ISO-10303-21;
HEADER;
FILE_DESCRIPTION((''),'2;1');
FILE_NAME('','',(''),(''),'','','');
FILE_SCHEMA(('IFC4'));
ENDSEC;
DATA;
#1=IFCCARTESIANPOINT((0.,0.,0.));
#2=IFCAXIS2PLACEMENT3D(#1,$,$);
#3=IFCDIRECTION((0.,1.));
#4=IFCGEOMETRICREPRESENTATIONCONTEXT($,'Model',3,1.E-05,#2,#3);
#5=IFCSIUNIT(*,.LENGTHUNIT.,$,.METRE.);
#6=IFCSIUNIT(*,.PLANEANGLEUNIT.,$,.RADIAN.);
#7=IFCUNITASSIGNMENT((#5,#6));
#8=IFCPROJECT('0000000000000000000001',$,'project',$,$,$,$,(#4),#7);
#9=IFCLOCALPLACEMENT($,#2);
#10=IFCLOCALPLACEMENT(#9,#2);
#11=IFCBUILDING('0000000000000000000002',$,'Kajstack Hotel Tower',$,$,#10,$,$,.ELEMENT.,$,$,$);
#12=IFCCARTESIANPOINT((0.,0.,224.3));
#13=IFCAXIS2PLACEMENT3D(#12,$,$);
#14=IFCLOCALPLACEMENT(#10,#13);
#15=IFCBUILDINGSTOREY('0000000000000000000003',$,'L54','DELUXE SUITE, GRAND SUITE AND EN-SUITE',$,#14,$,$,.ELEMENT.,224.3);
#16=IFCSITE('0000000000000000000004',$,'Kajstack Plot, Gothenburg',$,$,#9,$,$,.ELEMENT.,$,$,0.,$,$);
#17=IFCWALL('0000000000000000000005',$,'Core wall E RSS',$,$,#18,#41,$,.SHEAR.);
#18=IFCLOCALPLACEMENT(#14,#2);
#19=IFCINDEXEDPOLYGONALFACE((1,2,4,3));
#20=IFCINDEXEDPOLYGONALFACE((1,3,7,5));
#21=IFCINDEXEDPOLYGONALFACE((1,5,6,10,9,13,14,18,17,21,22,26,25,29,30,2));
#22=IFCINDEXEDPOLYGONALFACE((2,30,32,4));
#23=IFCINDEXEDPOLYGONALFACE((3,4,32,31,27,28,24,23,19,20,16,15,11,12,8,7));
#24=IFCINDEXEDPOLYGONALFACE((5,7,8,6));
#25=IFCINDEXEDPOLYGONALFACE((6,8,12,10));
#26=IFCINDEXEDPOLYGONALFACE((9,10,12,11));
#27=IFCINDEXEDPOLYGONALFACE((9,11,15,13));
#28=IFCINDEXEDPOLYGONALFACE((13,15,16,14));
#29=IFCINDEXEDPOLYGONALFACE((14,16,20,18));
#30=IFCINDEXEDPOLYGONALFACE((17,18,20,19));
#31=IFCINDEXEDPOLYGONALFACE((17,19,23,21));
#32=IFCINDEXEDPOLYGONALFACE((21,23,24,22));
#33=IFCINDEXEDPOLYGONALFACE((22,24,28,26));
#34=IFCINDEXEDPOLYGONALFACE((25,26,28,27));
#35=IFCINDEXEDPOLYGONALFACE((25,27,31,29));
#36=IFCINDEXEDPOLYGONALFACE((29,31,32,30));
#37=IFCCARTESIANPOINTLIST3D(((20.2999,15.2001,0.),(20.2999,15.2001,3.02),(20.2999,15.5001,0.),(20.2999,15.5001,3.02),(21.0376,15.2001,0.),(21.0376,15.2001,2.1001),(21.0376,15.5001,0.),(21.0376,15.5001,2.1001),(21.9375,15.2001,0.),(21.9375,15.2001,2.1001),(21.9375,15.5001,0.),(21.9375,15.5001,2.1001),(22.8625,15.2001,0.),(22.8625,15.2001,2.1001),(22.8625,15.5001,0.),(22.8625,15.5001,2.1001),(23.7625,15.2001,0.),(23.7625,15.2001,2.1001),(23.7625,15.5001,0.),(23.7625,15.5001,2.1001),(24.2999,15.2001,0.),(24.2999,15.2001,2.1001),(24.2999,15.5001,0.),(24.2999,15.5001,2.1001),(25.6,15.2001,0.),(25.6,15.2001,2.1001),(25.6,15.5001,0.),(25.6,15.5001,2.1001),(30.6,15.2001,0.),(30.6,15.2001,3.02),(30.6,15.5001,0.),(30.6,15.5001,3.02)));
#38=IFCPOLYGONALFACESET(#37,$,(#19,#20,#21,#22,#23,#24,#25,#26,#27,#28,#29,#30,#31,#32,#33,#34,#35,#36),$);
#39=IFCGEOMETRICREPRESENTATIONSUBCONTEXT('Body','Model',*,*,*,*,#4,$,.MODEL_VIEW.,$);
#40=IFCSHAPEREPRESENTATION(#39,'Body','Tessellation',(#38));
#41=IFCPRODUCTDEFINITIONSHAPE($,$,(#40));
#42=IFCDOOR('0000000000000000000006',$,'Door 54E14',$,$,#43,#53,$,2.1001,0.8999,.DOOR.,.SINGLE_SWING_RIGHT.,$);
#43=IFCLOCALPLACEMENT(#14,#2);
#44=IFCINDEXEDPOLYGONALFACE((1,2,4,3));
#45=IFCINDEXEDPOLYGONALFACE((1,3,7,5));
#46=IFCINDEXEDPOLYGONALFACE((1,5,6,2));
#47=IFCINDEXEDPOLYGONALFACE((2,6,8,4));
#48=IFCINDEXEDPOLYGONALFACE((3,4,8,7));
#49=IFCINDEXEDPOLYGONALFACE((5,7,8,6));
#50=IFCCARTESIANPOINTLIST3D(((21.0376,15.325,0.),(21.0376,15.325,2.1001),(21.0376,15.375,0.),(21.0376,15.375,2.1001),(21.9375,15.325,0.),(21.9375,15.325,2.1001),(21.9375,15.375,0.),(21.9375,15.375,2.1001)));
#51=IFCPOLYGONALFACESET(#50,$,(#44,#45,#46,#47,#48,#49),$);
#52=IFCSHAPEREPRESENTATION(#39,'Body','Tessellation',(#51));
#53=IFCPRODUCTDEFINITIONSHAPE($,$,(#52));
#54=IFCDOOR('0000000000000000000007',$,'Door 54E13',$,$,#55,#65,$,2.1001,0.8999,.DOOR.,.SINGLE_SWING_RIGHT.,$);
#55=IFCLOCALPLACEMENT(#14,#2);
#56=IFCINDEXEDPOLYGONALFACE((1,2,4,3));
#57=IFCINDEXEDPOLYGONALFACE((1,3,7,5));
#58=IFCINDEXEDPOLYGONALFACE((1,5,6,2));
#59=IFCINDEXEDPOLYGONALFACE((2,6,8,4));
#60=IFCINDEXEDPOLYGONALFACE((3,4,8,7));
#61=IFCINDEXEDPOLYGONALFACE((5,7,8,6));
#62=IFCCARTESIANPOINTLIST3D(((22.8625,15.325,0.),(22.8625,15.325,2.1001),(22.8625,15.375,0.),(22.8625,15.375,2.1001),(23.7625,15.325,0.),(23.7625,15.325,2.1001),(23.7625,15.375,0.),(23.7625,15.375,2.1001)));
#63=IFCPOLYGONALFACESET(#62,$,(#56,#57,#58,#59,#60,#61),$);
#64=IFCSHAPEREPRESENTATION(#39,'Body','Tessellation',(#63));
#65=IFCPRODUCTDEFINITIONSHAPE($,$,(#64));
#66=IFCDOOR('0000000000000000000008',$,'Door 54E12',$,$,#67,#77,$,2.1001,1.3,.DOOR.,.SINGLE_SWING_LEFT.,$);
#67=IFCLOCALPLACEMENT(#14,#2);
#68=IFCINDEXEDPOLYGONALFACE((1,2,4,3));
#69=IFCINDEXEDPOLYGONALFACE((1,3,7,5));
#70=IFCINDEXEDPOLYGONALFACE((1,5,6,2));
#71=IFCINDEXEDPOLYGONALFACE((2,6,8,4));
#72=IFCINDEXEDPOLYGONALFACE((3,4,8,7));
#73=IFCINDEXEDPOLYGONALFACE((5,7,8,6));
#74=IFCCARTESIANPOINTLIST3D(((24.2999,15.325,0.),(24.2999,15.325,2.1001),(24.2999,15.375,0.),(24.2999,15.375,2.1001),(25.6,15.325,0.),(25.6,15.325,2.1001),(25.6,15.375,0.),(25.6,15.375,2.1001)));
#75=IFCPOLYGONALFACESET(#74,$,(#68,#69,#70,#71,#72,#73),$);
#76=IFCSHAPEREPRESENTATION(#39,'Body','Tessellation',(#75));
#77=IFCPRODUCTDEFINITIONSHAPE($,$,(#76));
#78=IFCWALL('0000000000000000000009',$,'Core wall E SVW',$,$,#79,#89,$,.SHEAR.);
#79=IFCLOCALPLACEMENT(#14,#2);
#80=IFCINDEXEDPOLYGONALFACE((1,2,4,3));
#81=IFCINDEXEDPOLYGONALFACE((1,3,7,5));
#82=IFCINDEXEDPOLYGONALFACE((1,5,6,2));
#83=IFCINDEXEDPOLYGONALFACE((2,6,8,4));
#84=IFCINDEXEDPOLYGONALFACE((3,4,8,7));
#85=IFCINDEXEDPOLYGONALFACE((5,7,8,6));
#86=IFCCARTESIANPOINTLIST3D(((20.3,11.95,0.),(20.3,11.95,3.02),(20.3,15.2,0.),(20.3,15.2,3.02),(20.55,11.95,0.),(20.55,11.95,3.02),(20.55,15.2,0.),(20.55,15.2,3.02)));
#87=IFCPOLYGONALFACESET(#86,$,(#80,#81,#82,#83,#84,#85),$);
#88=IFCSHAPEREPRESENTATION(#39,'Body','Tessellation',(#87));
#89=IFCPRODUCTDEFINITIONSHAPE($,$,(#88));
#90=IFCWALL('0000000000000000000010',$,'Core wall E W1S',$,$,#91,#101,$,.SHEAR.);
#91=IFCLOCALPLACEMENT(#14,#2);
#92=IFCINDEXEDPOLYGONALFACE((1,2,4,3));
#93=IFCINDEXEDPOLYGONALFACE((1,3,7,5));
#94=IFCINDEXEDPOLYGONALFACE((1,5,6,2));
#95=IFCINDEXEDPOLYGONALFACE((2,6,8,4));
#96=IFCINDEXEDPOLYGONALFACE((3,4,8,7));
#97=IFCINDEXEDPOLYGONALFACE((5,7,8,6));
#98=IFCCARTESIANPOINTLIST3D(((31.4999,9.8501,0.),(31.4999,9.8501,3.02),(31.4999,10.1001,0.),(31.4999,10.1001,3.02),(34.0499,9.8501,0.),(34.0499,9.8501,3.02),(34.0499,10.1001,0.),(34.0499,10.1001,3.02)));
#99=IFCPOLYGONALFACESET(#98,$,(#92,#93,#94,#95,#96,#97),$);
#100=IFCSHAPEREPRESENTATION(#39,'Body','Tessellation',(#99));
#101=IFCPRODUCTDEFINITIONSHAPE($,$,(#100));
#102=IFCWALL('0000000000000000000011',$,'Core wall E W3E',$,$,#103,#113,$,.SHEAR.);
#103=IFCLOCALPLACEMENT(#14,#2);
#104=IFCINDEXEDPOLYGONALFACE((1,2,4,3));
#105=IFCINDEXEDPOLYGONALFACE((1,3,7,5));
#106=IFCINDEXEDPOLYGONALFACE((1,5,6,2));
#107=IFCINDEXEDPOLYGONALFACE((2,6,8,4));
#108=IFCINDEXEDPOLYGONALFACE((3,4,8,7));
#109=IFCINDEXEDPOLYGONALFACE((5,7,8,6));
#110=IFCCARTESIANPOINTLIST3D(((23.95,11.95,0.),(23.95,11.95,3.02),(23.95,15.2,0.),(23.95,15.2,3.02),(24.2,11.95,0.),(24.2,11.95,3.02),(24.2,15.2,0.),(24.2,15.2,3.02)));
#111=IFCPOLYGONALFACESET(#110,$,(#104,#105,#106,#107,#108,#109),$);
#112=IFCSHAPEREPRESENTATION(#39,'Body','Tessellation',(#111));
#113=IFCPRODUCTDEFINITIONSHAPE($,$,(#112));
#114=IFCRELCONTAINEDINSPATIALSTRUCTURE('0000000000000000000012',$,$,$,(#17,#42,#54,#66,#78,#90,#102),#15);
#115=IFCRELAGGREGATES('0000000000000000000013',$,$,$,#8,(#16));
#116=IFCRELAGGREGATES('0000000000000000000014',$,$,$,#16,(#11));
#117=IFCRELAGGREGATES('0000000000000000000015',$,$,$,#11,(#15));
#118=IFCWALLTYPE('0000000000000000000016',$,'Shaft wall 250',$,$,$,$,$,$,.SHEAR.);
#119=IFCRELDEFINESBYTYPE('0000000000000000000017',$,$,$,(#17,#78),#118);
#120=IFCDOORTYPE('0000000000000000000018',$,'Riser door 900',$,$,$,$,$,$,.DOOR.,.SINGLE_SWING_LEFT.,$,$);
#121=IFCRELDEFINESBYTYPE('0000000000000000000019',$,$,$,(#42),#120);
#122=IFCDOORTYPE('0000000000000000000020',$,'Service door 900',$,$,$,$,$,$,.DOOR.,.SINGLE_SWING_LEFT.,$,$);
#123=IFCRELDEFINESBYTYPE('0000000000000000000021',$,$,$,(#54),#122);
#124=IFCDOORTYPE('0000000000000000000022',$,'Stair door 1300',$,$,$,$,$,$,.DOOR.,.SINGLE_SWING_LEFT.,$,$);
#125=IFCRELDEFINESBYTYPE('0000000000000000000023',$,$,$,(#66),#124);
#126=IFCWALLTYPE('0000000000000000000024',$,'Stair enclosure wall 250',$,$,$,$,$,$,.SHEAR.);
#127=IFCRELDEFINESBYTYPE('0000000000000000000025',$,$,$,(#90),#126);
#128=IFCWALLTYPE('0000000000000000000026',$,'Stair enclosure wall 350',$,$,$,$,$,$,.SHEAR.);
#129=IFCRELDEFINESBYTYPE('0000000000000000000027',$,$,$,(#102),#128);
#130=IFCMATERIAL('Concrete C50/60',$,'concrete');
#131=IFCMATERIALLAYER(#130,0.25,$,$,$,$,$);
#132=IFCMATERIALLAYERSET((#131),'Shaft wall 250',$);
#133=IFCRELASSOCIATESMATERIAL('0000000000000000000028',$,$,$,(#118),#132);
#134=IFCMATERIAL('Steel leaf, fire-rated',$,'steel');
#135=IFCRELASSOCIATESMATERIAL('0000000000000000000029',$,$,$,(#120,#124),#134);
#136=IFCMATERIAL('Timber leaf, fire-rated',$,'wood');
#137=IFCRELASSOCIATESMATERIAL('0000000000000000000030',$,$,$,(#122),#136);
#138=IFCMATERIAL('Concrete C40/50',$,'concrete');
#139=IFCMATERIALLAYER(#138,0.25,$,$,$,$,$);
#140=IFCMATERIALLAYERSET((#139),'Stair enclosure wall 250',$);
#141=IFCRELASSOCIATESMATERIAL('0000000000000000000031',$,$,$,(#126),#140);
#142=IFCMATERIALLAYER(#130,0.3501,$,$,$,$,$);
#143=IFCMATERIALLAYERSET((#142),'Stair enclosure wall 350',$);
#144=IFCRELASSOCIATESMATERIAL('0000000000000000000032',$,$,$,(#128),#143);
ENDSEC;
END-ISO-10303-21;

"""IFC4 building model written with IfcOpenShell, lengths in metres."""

from ifc_helpers import new_model, si_unit, direction, frame, frame_2d, origin, place, context, subcontext, project, spatial, rectangle, extrude, material, layer, layer_set, type_object, element, fill, save


model = new_model("IFC4")

# Units and contexts
model_context = context("Model", 3, precision=1e-05, world=origin(), true_north=direction((0.0, 1.0)))
body_context = subcontext(model_context, "Body", "Model", "MODEL_VIEW")
ifc_project = project(units=[si_unit("LENGTHUNIT", "METRE"), si_unit("PLANEANGLEUNIT", "RADIAN")], contexts=[model_context])

# Site, building, storey
site_placement = place(None, origin())
site = spatial("IfcSite", under=ifc_project, at=site_placement, Name="Kajstack Plot, Gothenburg", CompositionType="ELEMENT", RefElevation=0.0)
building_placement = place(site_placement, origin())
building = spatial("IfcBuilding", under=site, at=building_placement, Name="Kajstack Hotel Tower", CompositionType="ELEMENT")
storey_placement = place(building_placement, frame((0.0, 0.0, 224.3)))
storey = spatial("IfcBuildingStorey", under=building, at=storey_placement, Name="L54", Description="DELUXE SUITE, GRAND SUITE AND EN-SUITE", CompositionType="ELEMENT", Elevation=224.3)

# Shared definitions
ifc_material_1 = material(Name="Concrete C40/50", Category="concrete")
ifc_material_2 = material(Name="Concrete C50/60", Category="concrete")

# Wall, openings, doors
ifc_layer_1 = layer(ifc_material_2, 0.25)
ifc_layer_set_1 = layer_set([ifc_layer_1], Name="Shaft wall 250")
wall_type_1 = type_object("IfcWallType", Name="Shaft wall 250", PredefinedType="SHEAR", material=ifc_layer_set_1)
wall_1_placement = place(storey_placement, frame((20.3, 15.3501, 0.0), z_axis=(0.0, 0.0, 1.0), x_axis=(1.0, 0.0, 0.0)))
wall_1 = element("IfcWall", 1, at=wall_1_placement, inside=storey, type_object=wall_type_1, Name="Core wall E RSS", PredefinedType="SHEAR", context=body_context, shape_type="SweptSolid", body=[
    extrude(rectangle(XDim=10.3, YDim=0.3, at=frame_2d((5.1499, 0.0))), origin(), (0.0, 0.0, 1.0), 3.02),
])
opening_1_placement = place(wall_1_placement, frame((4.0, 0.0, 0.0)))
opening_1 = element("IfcOpeningElement", 2, at=opening_1_placement, cuts=wall_1, PredefinedType="OPENING", context=body_context, shape_type="SweptSolid", body=[
    extrude(rectangle(XDim=1.3, YDim=2.1001, at=frame_2d((0.6499, 1.05))), frame((0.0, 0.1599, 0.0), z_axis=(0.0, -1.0, 0.0), x_axis=(1.0, 0.0, 0.0)), (0.0, 0.0, 1.0), 0.3201),
])
opening_2_placement = place(wall_1_placement, frame((2.5625, 0.0, 0.0)))
opening_2 = element("IfcOpeningElement", 3, at=opening_2_placement, cuts=wall_1, PredefinedType="OPENING", context=body_context, shape_type="SweptSolid", body=[
    extrude(rectangle(XDim=0.8999, YDim=2.1001, at=frame_2d((0.45, 1.05))), frame((0.0, 0.1599, 0.0), z_axis=(0.0, -1.0, 0.0), x_axis=(1.0, 0.0, 0.0)), (0.0, 0.0, 1.0), 0.3201),
])
opening_3_placement = place(wall_1_placement, frame((0.7375, 0.0, 0.0)))
opening_3 = element("IfcOpeningElement", 4, at=opening_3_placement, cuts=wall_1, PredefinedType="OPENING", context=body_context, shape_type="SweptSolid", body=[
    extrude(rectangle(XDim=0.8999, YDim=2.1001, at=frame_2d((0.45, 1.05))), frame((0.0, 0.1599, 0.0), z_axis=(0.0, -1.0, 0.0), x_axis=(1.0, 0.0, 0.0)), (0.0, 0.0, 1.0), 0.3201),
])
ifc_material_3 = material(Name="Steel leaf, fire-rated", Category="steel")
door_type_1 = type_object("IfcDoorType", Name="Riser door 900", OperationType="SINGLE_SWING_LEFT", PredefinedType="DOOR", material=ifc_material_3)
door_1_placement = place(opening_3_placement, origin())
door_1 = element("IfcDoor", 5, at=door_1_placement, inside=storey, type_object=door_type_1, Name="Door 54E14", OperationType="SINGLE_SWING_RIGHT", OverallHeight=2.1001, OverallWidth=0.8999, PredefinedType="DOOR", context=body_context, shape_type="SweptSolid", body=[
    extrude(rectangle(XDim=0.8999, YDim=2.1001, at=frame_2d((0.45, 1.05))), frame((0.0, 0.0249, 0.0), z_axis=(0.0, -1.0, 0.0), x_axis=(1.0, 0.0, 0.0)), (0.0, 0.0, 1.0), 0.05),
])
fill(opening_3, door_1)
ifc_material_4 = material(Name="Timber leaf, fire-rated", Category="wood")
door_type_2 = type_object("IfcDoorType", Name="Service door 900", OperationType="SINGLE_SWING_LEFT", PredefinedType="DOOR", material=ifc_material_4)
door_2_placement = place(opening_2_placement, origin())
door_2 = element("IfcDoor", 6, at=door_2_placement, inside=storey, type_object=door_type_2, Name="Door 54E13", OperationType="SINGLE_SWING_RIGHT", OverallHeight=2.1001, OverallWidth=0.8999, PredefinedType="DOOR", context=body_context, shape_type="SweptSolid", body=[
    extrude(rectangle(XDim=0.8999, YDim=2.1001, at=frame_2d((0.45, 1.05))), frame((0.0, 0.0249, 0.0), z_axis=(0.0, -1.0, 0.0), x_axis=(1.0, 0.0, 0.0)), (0.0, 0.0, 1.0), 0.05),
])
fill(opening_2, door_2)
door_type_3 = type_object("IfcDoorType", Name="Stair door 1300", OperationType="SINGLE_SWING_LEFT", PredefinedType="DOOR", material=ifc_material_3)
door_3_placement = place(opening_1_placement, origin())
door_3 = element("IfcDoor", 7, at=door_3_placement, inside=storey, type_object=door_type_3, Name="Door 54E12", OperationType="SINGLE_SWING_LEFT", OverallHeight=2.1001, OverallWidth=1.3, PredefinedType="DOOR", context=body_context, shape_type="SweptSolid", body=[
    extrude(rectangle(XDim=1.3, YDim=2.1001, at=frame_2d((0.6499, 1.05))), frame((0.0, 0.0249, 0.0), z_axis=(0.0, -1.0, 0.0), x_axis=(1.0, 0.0, 0.0)), (0.0, 0.0, 1.0), 0.05),
])
fill(opening_1, door_3)

# Walls
wall_2_placement = place(storey_placement, frame((20.425, 11.95, 0.0), z_axis=(0.0, 0.0, 1.0), x_axis=(0.0, 1.0, 0.0)))
element("IfcWall", 8, at=wall_2_placement, inside=storey, type_object=wall_type_1, Name="Core wall E SVW", PredefinedType="SHEAR", context=body_context, shape_type="SweptSolid", body=[
    extrude(rectangle(XDim=3.25, YDim=0.25, at=frame_2d((1.625, 0.0))), origin(), (0.0, 0.0, 1.0), 3.02),
])
ifc_layer_2 = layer(ifc_material_1, 0.25)
ifc_layer_set_2 = layer_set([ifc_layer_2], Name="Stair enclosure wall 250")
wall_type_2 = type_object("IfcWallType", Name="Stair enclosure wall 250", PredefinedType="SHEAR", material=ifc_layer_set_2)
wall_3_placement = place(storey_placement, frame((31.5, 9.9751, 0.0), z_axis=(0.0, 0.0, 1.0), x_axis=(1.0, 0.0, 0.0)))
element("IfcWall", 9, at=wall_3_placement, inside=storey, type_object=wall_type_2, Name="Core wall E W1S", PredefinedType="SHEAR", context=body_context, shape_type="SweptSolid", body=[
    extrude(rectangle(XDim=2.55, YDim=0.25, at=frame_2d((1.2749, 0.0))), origin(), (0.0, 0.0, 1.0), 3.02),
])
ifc_layer_3 = layer(ifc_material_2, 0.3501)
ifc_layer_set_3 = layer_set([ifc_layer_3], Name="Stair enclosure wall 350")
wall_type_3 = type_object("IfcWallType", Name="Stair enclosure wall 350", PredefinedType="SHEAR", material=ifc_layer_set_3)
wall_4_placement = place(storey_placement, frame((24.075, 11.95, 0.0), z_axis=(0.0, 0.0, 1.0), x_axis=(0.0, 1.0, 0.0)))
element("IfcWall", 10, at=wall_4_placement, inside=storey, type_object=wall_type_3, Name="Core wall E W3E", PredefinedType="SHEAR", context=body_context, shape_type="SweptSolid", body=[
    extrude(rectangle(XDim=3.25, YDim=0.25, at=frame_2d((1.625, 0.0))), origin(), (0.0, 0.0, 1.0), 3.02),
])

save(model, "model.ifc")
